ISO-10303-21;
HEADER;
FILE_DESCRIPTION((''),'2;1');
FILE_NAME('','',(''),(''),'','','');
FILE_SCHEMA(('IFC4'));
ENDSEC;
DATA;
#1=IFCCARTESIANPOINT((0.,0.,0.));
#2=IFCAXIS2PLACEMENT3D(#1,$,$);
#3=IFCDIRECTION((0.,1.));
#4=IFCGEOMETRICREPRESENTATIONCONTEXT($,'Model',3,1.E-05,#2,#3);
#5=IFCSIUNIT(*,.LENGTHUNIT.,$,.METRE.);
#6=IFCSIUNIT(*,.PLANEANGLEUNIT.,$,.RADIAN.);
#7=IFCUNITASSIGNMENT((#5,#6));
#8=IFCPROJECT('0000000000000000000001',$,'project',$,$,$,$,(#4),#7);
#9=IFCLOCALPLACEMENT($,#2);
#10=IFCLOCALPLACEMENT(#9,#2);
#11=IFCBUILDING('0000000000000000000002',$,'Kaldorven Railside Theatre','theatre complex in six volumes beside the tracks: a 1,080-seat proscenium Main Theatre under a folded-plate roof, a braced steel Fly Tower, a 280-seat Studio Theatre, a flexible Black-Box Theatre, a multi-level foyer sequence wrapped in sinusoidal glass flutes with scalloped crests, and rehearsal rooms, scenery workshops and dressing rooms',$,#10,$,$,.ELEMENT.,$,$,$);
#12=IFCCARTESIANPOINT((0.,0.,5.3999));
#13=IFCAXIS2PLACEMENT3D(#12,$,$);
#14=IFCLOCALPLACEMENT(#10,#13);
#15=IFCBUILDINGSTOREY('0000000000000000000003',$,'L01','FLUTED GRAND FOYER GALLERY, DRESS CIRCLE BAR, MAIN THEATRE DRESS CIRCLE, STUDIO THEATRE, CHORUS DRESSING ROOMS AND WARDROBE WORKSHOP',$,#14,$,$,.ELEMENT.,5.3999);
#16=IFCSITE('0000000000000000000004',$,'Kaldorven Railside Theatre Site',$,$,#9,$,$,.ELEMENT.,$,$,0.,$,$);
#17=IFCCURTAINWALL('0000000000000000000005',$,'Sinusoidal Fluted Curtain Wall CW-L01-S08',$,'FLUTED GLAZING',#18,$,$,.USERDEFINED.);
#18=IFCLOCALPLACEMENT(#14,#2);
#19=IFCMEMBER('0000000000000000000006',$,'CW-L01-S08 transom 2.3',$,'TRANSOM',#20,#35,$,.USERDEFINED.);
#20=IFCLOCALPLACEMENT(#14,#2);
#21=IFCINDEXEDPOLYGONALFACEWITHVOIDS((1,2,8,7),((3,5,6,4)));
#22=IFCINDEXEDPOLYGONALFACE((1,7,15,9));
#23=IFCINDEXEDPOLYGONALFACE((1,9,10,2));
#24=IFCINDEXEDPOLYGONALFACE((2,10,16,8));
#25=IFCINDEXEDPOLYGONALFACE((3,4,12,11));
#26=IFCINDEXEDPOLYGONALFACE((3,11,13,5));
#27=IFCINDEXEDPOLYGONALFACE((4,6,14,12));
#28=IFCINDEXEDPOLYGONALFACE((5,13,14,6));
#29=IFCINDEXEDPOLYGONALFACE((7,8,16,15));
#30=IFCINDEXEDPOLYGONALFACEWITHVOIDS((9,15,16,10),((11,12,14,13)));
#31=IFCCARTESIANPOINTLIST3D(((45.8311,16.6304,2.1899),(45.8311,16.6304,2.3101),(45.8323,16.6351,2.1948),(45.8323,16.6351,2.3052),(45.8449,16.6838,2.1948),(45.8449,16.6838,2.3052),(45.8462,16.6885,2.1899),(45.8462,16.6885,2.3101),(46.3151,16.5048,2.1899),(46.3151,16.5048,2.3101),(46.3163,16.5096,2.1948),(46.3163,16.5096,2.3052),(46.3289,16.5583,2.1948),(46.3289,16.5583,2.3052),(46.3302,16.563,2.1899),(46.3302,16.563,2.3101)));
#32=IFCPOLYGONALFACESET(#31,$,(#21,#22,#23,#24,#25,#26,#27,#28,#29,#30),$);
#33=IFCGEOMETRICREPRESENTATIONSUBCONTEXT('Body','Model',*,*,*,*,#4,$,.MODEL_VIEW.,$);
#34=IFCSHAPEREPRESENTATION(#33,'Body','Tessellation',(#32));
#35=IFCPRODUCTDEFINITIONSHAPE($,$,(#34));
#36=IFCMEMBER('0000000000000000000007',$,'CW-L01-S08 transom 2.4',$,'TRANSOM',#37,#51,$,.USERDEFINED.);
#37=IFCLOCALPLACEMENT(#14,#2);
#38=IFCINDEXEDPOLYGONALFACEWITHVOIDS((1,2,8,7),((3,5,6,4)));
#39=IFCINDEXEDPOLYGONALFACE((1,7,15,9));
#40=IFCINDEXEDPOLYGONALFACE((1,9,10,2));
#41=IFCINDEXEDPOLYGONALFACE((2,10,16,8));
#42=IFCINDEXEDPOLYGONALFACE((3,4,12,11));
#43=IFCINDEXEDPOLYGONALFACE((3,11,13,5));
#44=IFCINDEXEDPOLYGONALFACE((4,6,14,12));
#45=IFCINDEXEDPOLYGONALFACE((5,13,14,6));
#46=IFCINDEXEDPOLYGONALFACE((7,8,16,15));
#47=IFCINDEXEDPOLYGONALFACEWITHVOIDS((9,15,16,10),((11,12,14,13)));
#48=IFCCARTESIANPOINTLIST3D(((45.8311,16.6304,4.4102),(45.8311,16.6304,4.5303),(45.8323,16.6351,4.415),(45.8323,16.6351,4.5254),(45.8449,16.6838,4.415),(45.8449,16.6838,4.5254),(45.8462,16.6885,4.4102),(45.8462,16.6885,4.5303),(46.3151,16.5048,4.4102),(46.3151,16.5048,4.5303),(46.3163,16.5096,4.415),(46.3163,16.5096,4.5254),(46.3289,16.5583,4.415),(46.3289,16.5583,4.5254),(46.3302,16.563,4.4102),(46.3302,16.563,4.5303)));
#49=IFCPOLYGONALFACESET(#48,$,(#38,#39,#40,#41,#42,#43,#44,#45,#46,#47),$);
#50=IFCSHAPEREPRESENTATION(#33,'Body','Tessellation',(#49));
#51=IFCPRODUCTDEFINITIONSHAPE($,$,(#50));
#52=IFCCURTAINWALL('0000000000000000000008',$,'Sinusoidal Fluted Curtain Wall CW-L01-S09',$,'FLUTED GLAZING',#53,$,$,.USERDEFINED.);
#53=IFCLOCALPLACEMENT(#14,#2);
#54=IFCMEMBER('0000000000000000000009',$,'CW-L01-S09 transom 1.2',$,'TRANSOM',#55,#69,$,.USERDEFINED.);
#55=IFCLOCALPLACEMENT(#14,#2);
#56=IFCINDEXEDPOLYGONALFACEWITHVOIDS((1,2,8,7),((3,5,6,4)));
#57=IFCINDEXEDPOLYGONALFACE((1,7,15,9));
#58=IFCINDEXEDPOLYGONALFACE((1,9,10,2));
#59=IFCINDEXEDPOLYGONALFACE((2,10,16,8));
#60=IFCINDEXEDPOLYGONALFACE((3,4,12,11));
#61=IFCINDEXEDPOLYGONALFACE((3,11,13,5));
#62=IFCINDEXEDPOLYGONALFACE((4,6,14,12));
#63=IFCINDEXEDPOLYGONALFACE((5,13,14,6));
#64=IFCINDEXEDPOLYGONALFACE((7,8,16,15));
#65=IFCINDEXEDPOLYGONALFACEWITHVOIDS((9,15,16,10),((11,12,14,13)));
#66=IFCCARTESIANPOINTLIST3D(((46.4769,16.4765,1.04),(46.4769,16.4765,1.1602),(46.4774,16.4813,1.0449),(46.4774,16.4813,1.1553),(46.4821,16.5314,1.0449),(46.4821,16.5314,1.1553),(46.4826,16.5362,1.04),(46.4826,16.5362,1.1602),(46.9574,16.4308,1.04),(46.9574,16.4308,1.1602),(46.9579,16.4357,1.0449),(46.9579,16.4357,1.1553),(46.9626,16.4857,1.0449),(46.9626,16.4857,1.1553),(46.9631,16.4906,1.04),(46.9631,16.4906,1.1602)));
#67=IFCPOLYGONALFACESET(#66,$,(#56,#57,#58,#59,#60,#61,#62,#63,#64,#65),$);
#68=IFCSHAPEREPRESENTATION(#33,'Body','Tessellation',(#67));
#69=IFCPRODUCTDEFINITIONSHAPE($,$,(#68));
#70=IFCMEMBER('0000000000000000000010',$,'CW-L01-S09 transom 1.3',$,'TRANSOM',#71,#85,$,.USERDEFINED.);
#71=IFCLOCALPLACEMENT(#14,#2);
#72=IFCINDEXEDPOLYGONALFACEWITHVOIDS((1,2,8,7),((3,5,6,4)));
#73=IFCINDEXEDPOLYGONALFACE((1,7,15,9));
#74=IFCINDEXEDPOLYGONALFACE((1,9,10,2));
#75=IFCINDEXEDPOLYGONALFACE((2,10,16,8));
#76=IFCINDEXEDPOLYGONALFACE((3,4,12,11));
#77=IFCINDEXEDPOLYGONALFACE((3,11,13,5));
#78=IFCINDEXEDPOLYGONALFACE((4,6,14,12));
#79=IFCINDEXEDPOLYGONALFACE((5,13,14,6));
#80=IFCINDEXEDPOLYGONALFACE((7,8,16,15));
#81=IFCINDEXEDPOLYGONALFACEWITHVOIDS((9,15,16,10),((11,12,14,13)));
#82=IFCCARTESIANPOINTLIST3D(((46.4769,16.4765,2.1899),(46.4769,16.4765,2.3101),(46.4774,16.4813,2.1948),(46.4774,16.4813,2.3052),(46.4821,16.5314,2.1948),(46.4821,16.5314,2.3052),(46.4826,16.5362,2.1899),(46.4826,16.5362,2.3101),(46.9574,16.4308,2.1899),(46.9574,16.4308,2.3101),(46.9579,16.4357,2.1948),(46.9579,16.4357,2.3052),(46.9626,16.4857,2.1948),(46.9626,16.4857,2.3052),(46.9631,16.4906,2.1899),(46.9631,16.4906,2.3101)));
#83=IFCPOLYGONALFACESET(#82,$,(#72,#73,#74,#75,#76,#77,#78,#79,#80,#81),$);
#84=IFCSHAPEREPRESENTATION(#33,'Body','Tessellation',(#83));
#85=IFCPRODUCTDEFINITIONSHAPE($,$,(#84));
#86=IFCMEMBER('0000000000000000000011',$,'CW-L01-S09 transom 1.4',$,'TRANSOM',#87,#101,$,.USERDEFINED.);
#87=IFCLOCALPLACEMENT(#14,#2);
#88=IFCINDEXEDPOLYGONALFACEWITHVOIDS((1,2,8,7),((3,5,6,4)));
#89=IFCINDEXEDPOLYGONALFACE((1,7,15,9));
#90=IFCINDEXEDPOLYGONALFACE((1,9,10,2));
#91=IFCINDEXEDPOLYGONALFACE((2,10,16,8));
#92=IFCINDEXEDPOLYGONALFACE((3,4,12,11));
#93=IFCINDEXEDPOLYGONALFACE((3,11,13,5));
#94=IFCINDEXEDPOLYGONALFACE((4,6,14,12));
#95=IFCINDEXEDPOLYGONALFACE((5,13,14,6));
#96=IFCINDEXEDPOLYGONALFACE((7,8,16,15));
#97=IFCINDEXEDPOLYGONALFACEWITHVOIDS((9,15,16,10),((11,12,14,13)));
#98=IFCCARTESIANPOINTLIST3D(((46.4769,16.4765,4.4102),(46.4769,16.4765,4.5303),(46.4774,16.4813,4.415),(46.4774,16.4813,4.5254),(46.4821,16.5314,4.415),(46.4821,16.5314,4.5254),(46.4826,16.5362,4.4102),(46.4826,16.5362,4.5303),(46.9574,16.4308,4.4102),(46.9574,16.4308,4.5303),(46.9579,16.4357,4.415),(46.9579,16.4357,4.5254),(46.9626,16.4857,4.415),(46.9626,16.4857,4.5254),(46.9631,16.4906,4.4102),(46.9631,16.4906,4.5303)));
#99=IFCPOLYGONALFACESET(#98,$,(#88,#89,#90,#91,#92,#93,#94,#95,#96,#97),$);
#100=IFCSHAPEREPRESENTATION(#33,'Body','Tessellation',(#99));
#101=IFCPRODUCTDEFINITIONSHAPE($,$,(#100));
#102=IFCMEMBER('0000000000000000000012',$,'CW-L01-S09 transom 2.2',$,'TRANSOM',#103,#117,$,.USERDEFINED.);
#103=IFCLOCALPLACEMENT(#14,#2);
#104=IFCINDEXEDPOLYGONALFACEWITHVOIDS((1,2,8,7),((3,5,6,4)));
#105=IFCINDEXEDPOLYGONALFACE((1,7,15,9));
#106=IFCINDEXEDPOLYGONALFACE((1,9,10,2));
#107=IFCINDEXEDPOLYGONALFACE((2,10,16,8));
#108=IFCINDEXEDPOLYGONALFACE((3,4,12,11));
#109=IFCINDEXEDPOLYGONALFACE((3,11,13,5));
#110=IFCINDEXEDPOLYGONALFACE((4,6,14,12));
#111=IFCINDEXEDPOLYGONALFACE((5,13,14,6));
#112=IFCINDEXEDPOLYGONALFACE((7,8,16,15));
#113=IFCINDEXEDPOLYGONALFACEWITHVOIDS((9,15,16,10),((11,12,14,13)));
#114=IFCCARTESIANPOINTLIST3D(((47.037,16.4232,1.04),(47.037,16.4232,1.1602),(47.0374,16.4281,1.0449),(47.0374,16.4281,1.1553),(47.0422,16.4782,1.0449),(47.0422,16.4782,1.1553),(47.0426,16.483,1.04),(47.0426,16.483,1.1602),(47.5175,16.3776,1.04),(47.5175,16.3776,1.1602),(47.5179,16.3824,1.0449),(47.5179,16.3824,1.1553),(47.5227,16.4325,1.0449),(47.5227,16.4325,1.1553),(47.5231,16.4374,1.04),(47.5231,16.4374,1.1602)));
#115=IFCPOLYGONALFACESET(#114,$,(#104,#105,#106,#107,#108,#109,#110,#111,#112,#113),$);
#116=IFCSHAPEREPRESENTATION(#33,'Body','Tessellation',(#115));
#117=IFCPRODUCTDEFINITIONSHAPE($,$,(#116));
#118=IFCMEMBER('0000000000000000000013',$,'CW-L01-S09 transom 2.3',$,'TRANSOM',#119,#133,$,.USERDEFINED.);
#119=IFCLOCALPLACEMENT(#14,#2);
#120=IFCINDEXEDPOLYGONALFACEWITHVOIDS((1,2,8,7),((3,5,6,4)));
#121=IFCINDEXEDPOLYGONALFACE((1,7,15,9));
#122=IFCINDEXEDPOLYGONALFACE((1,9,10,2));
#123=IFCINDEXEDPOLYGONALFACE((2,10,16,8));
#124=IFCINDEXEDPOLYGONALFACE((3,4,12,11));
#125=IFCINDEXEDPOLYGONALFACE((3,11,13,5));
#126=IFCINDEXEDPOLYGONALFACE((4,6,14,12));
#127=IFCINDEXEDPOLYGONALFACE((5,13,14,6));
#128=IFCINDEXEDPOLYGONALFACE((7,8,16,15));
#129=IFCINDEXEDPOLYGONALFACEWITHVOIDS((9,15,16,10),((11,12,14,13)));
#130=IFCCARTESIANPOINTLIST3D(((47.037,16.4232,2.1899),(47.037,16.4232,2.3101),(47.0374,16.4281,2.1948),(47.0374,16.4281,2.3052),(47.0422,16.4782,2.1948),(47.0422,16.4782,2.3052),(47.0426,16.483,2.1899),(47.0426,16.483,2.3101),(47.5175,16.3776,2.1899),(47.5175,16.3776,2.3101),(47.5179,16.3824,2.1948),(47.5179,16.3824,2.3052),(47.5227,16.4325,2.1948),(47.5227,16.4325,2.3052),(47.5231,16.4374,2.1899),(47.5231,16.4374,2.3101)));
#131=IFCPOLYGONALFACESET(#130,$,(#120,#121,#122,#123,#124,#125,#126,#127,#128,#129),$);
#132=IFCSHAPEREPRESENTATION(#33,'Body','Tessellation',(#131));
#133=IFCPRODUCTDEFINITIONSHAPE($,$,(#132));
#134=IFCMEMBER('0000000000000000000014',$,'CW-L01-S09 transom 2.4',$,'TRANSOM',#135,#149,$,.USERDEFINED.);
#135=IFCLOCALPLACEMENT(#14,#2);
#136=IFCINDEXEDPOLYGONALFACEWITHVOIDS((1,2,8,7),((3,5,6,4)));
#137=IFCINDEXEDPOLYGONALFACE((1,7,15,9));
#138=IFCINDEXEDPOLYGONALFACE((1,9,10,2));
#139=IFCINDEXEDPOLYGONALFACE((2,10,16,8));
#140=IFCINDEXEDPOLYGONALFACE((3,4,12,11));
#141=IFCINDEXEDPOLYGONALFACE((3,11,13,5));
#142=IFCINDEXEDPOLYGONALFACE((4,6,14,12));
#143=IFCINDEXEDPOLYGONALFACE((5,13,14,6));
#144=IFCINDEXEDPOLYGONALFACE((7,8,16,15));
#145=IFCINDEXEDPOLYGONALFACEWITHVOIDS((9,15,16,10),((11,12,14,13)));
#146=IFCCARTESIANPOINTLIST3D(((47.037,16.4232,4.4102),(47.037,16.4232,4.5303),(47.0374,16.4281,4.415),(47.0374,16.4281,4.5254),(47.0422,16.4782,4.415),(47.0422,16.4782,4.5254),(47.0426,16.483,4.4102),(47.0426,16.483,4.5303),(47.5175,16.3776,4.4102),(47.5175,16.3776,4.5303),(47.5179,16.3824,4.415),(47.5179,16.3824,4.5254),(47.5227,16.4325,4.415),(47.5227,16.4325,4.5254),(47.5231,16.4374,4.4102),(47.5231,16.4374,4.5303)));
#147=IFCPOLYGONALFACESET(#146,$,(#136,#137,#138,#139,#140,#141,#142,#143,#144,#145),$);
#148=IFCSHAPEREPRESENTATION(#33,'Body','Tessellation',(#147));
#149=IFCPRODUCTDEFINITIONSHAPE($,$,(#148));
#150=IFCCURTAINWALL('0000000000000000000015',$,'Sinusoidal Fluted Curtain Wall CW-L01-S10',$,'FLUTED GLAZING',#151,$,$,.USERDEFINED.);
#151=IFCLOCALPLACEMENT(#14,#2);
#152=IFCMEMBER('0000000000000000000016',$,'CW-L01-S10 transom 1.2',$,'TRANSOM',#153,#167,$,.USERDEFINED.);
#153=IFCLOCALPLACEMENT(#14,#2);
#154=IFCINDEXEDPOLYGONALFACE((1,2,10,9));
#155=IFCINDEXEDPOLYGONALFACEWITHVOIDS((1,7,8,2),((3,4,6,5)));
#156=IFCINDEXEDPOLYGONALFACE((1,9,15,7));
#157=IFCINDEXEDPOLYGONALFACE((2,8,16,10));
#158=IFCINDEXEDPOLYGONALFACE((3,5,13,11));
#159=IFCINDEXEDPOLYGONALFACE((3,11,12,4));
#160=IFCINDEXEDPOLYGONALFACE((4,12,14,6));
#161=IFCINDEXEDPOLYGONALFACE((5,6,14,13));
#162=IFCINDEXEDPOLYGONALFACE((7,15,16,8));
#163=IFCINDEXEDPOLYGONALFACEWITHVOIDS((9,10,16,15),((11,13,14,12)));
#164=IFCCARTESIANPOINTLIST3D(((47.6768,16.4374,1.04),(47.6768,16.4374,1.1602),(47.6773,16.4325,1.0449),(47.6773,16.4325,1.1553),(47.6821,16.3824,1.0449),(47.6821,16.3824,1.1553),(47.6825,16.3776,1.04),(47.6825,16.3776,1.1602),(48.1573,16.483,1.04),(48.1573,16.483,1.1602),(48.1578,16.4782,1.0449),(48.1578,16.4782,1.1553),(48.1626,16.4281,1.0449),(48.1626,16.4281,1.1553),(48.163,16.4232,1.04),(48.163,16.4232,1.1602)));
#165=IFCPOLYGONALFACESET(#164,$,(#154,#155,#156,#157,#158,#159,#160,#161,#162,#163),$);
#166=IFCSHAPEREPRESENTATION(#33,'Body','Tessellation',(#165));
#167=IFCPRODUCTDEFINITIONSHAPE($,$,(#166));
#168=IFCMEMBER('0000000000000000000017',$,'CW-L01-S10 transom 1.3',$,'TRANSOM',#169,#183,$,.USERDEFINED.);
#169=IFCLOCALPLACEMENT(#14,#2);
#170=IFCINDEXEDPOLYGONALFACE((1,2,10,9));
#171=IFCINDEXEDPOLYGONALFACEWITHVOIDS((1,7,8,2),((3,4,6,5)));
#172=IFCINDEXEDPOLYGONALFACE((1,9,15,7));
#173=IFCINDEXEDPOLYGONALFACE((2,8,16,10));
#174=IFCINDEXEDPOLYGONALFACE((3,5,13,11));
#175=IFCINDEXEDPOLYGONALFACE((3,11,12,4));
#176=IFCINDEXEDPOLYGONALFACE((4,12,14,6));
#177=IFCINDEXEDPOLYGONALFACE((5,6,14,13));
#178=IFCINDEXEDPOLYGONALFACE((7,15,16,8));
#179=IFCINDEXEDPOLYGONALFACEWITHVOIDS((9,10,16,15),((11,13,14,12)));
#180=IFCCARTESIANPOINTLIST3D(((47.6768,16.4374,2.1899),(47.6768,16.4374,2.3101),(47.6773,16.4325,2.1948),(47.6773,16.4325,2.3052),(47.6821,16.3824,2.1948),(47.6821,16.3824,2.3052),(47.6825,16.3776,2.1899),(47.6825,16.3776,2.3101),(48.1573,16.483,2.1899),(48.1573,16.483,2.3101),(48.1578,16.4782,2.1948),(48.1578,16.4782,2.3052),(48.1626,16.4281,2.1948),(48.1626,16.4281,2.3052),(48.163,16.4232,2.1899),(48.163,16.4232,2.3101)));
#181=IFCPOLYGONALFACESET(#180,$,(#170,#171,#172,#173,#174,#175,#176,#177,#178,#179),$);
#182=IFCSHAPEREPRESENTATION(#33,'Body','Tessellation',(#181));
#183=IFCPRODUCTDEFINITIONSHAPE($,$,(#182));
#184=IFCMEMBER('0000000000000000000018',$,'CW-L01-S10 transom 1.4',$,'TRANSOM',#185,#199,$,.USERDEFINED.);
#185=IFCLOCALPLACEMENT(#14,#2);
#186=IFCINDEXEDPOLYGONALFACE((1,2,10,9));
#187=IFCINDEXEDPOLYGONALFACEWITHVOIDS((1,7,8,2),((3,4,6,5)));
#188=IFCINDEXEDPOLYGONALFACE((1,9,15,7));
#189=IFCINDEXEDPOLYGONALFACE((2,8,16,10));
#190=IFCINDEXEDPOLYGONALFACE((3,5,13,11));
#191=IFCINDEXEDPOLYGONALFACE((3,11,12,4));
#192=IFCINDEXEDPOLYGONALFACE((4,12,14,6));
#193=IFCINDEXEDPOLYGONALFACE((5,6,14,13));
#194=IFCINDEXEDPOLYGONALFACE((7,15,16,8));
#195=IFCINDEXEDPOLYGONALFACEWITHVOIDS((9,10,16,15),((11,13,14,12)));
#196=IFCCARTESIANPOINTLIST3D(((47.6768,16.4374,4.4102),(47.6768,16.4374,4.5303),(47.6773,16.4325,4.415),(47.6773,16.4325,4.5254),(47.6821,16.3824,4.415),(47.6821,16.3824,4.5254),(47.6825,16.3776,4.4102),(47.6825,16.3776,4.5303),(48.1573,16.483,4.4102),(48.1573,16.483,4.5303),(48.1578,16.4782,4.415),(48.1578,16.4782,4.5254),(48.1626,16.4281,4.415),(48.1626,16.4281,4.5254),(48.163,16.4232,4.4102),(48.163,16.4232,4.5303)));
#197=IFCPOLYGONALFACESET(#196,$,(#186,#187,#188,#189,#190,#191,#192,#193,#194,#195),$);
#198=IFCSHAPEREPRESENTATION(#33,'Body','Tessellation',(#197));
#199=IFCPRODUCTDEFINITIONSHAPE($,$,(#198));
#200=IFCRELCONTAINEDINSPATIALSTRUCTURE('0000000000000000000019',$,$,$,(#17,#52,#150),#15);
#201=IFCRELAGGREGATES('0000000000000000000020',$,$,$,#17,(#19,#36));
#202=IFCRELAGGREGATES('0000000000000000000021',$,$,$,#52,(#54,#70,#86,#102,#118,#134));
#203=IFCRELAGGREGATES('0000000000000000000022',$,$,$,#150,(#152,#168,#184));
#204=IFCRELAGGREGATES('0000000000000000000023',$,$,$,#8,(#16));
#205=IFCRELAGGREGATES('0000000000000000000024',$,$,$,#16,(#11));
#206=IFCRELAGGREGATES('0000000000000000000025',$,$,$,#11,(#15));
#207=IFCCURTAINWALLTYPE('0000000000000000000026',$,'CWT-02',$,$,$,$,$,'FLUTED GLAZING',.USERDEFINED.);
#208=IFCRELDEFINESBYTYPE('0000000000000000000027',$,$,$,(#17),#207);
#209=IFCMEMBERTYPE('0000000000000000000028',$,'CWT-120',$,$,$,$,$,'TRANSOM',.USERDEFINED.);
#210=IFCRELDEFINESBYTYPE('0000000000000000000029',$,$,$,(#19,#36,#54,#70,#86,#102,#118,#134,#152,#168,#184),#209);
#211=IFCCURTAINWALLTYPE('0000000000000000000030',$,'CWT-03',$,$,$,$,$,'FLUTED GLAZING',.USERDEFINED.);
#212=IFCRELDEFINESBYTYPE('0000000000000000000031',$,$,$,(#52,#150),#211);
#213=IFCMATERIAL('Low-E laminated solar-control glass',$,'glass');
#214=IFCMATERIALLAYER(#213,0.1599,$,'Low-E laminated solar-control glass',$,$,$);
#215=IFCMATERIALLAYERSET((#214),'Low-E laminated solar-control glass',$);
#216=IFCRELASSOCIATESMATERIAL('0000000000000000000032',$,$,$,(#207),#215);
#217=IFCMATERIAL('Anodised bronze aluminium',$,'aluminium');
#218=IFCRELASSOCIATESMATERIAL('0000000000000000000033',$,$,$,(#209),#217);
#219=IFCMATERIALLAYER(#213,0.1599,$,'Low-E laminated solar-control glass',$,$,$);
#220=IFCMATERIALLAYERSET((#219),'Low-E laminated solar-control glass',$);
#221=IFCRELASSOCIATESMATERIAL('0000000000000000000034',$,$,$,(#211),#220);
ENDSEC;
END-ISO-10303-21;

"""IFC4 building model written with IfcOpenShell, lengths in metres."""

from ifc_helpers import new_model, si_unit, direction, frame, origin, origin_2d, place, context, subcontext, project, spatial, hollow_rectangle, extrude, material, layer, layer_set, material_profile, profile_set, type_object, element, aggregate, save


model = new_model("IFC4")

# Units and contexts
model_context = context("Model", 3, precision=1e-05, world=origin(), true_north=direction((0.0, 1.0)))
body_context = subcontext(model_context, "Body", "Model", "MODEL_VIEW")
ifc_project = project(units=[si_unit("LENGTHUNIT", "METRE"), si_unit("PLANEANGLEUNIT", "RADIAN")], contexts=[model_context])

# Site, building, storey
site_placement = place(None, origin())
site = spatial("IfcSite", under=ifc_project, at=site_placement, Name="Kaldorven Railside Theatre Site", CompositionType="ELEMENT", RefElevation=0.0)
building_placement = place(site_placement, origin())
building = spatial("IfcBuilding", under=site, at=building_placement, Name="Kaldorven Railside Theatre", Description="theatre complex in six volumes beside the tracks: a 1,080-seat proscenium Main Theatre under a folded-plate roof, a braced steel Fly Tower, a 280-seat Studio Theatre, a flexible Black-Box Theatre, a multi-level foyer sequence wrapped in sinusoidal glass flutes with scalloped crests, and rehearsal rooms, scenery workshops and dressing rooms", CompositionType="ELEMENT")
storey_placement = place(building_placement, frame((0.0, 0.0, 5.3999)))
storey = spatial("IfcBuildingStorey", under=building, at=storey_placement, Name="L01", Description="FLUTED GRAND FOYER GALLERY, DRESS CIRCLE BAR, MAIN THEATRE DRESS CIRCLE, STUDIO THEATRE, CHORUS DRESSING ROOMS AND WARDROBE WORKSHOP", CompositionType="ELEMENT", Elevation=5.3999)

# Curtain walls, members
ifc_material_1 = material(Name="Low-E laminated solar-control glass", Category="glass")
ifc_layer_1 = layer(ifc_material_1, 0.1599, Name="Low-E laminated solar-control glass")
ifc_layer_set_1 = layer_set([ifc_layer_1], Name="Low-E laminated solar-control glass")
curtain_wall_type_1 = type_object("IfcCurtainWallType", Name="CWT-02", ElementType="FLUTED GLAZING", PredefinedType="USERDEFINED", material=ifc_layer_set_1)
curtain_wall_1_placement = place(storey_placement, origin())
curtain_wall_1 = element("IfcCurtainWall", 1, at=curtain_wall_1_placement, inside=storey, type_object=curtain_wall_type_1, Name="Sinusoidal Fluted Curtain Wall CW-L01-S08", ObjectType="FLUTED GLAZING", PredefinedType="USERDEFINED")
ifc_material_2 = material(Name="Anodised bronze aluminium", Category="aluminium")
ifc_material_profile = material_profile(ifc_material_2, hollow_rectangle(XDim=0.0601, YDim=0.1201, WallThickness=0.0049, at=origin_2d()), Name="RHS 120x60x5")
ifc_profile_set = profile_set([ifc_material_profile], Name="Anodised bronze aluminium")
member_type = type_object("IfcMemberType", Name="CWT-120", ElementType="TRANSOM", PredefinedType="USERDEFINED", material=ifc_profile_set)
member_1_placement = place(storey_placement, frame((45.8386, 16.6594, 2.25), z_axis=(0.967979, -0.25103, 0.0), x_axis=(0.25103, 0.967979, 0.0)))
member_1 = element("IfcMember", 2, at=member_1_placement, type_object=member_type, Name="CW-L01-S08 transom 2.3", ObjectType="TRANSOM", PredefinedType="USERDEFINED", context=body_context, shape_type="SweptSolid", body=[
    extrude(hollow_rectangle(XDim=0.0601, YDim=0.1201, WallThickness=0.0049, at=origin_2d()), origin(), (0.0, 0.0, 1.0), 0.5),
])
member_2_placement = place(storey_placement, frame((45.8386, 16.6594, 4.4702), z_axis=(0.967979, -0.25103, 0.0), x_axis=(0.25103, 0.967979, 0.0)))
member_2 = element("IfcMember", 3, at=member_2_placement, type_object=member_type, Name="CW-L01-S08 transom 2.4", ObjectType="TRANSOM", PredefinedType="USERDEFINED", context=body_context, shape_type="SweptSolid", body=[
    extrude(hollow_rectangle(XDim=0.0601, YDim=0.1201, WallThickness=0.0049, at=origin_2d()), origin(), (0.0, 0.0, 1.0), 0.5),
])
ifc_layer_2 = layer(ifc_material_1, 0.1599, Name="Low-E laminated solar-control glass")
ifc_layer_set_2 = layer_set([ifc_layer_2], Name="Low-E laminated solar-control glass")
curtain_wall_type_2 = type_object("IfcCurtainWallType", Name="CWT-03", ElementType="FLUTED GLAZING", PredefinedType="USERDEFINED", material=ifc_layer_set_2)
curtain_wall_2_placement = place(storey_placement, origin())
curtain_wall_2 = element("IfcCurtainWall", 4, at=curtain_wall_2_placement, inside=storey, type_object=curtain_wall_type_2, Name="Sinusoidal Fluted Curtain Wall CW-L01-S09", ObjectType="FLUTED GLAZING", PredefinedType="USERDEFINED")
member_3_placement = place(storey_placement, frame((46.4797, 16.5063, 1.1001), z_axis=(0.995516, -0.094594, 0.0), x_axis=(0.094594, 0.995516, 0.0)))
member_3 = element("IfcMember", 5, at=member_3_placement, type_object=member_type, Name="CW-L01-S09 transom 1.2", ObjectType="TRANSOM", PredefinedType="USERDEFINED", context=body_context, shape_type="SweptSolid", body=[
    extrude(hollow_rectangle(XDim=0.0601, YDim=0.1201, WallThickness=0.0049, at=origin_2d()), origin(), (0.0, 0.0, 1.0), 0.4827),
])
member_4_placement = place(storey_placement, frame((46.4797, 16.5063, 2.25), z_axis=(0.995516, -0.094594, 0.0), x_axis=(0.094594, 0.995516, 0.0)))
member_4 = element("IfcMember", 6, at=member_4_placement, type_object=member_type, Name="CW-L01-S09 transom 1.3", ObjectType="TRANSOM", PredefinedType="USERDEFINED", context=body_context, shape_type="SweptSolid", body=[
    extrude(hollow_rectangle(XDim=0.0601, YDim=0.1201, WallThickness=0.0049, at=origin_2d()), origin(), (0.0, 0.0, 1.0), 0.4827),
])
member_5_placement = place(storey_placement, frame((46.4797, 16.5063, 4.4702), z_axis=(0.995516, -0.094594, 0.0), x_axis=(0.094594, 0.995516, 0.0)))
member_5 = element("IfcMember", 7, at=member_5_placement, type_object=member_type, Name="CW-L01-S09 transom 1.4", ObjectType="TRANSOM", PredefinedType="USERDEFINED", context=body_context, shape_type="SweptSolid", body=[
    extrude(hollow_rectangle(XDim=0.0601, YDim=0.1201, WallThickness=0.0049, at=origin_2d()), origin(), (0.0, 0.0, 1.0), 0.4827),
])
member_6_placement = place(storey_placement, frame((47.0398, 16.4531, 1.1001), z_axis=(0.995516, -0.094594, 0.0), x_axis=(0.094594, 0.995516, 0.0)))
member_6 = element("IfcMember", 8, at=member_6_placement, type_object=member_type, Name="CW-L01-S09 transom 2.2", ObjectType="TRANSOM", PredefinedType="USERDEFINED", context=body_context, shape_type="SweptSolid", body=[
    extrude(hollow_rectangle(XDim=0.0601, YDim=0.1201, WallThickness=0.0049, at=origin_2d()), origin(), (0.0, 0.0, 1.0), 0.4827),
])
member_7_placement = place(storey_placement, frame((47.0398, 16.4531, 2.25), z_axis=(0.995516, -0.094594, 0.0), x_axis=(0.094594, 0.995516, 0.0)))
member_7 = element("IfcMember", 9, at=member_7_placement, type_object=member_type, Name="CW-L01-S09 transom 2.3", ObjectType="TRANSOM", PredefinedType="USERDEFINED", context=body_context, shape_type="SweptSolid", body=[
    extrude(hollow_rectangle(XDim=0.0601, YDim=0.1201, WallThickness=0.0049, at=origin_2d()), origin(), (0.0, 0.0, 1.0), 0.4827),
])
member_8_placement = place(storey_placement, frame((47.0398, 16.4531, 4.4702), z_axis=(0.995516, -0.094594, 0.0), x_axis=(0.094594, 0.995516, 0.0)))
member_8 = element("IfcMember", 10, at=member_8_placement, type_object=member_type, Name="CW-L01-S09 transom 2.4", ObjectType="TRANSOM", PredefinedType="USERDEFINED", context=body_context, shape_type="SweptSolid", body=[
    extrude(hollow_rectangle(XDim=0.0601, YDim=0.1201, WallThickness=0.0049, at=origin_2d()), origin(), (0.0, 0.0, 1.0), 0.4827),
])
curtain_wall_3_placement = place(storey_placement, origin())
curtain_wall_3 = element("IfcCurtainWall", 11, at=curtain_wall_3_placement, inside=storey, type_object=curtain_wall_type_2, Name="Sinusoidal Fluted Curtain Wall CW-L01-S10", ObjectType="FLUTED GLAZING", PredefinedType="USERDEFINED")
member_9_placement = place(storey_placement, frame((47.6797, 16.4075, 1.1001), z_axis=(0.995516, 0.094594, 0.0), x_axis=(-0.094594, 0.995516, 0.0)))
member_9 = element("IfcMember", 12, at=member_9_placement, type_object=member_type, Name="CW-L01-S10 transom 1.2", ObjectType="TRANSOM", PredefinedType="USERDEFINED", context=body_context, shape_type="SweptSolid", body=[
    extrude(hollow_rectangle(XDim=0.0601, YDim=0.1201, WallThickness=0.0049, at=origin_2d()), origin(), (0.0, 0.0, 1.0), 0.4827),
])
member_10_placement = place(storey_placement, frame((47.6797, 16.4075, 2.25), z_axis=(0.995516, 0.094594, 0.0), x_axis=(-0.094594, 0.995516, 0.0)))
member_10 = element("IfcMember", 13, at=member_10_placement, type_object=member_type, Name="CW-L01-S10 transom 1.3", ObjectType="TRANSOM", PredefinedType="USERDEFINED", context=body_context, shape_type="SweptSolid", body=[
    extrude(hollow_rectangle(XDim=0.0601, YDim=0.1201, WallThickness=0.0049, at=origin_2d()), origin(), (0.0, 0.0, 1.0), 0.4827),
])
member_11_placement = place(storey_placement, frame((47.6797, 16.4075, 4.4702), z_axis=(0.995516, 0.094594, 0.0), x_axis=(-0.094594, 0.995516, 0.0)))
member_11 = element("IfcMember", 14, at=member_11_placement, type_object=member_type, Name="CW-L01-S10 transom 1.4", ObjectType="TRANSOM", PredefinedType="USERDEFINED", context=body_context, shape_type="SweptSolid", body=[
    extrude(hollow_rectangle(XDim=0.0601, YDim=0.1201, WallThickness=0.0049, at=origin_2d()), origin(), (0.0, 0.0, 1.0), 0.4827),
])

aggregate(curtain_wall_1, [member_1, member_2])
aggregate(curtain_wall_2, [member_3, member_4, member_5, member_6, member_7, member_8])
aggregate(curtain_wall_3, [member_9, member_10, member_11])

save(model, "model.ifc")
